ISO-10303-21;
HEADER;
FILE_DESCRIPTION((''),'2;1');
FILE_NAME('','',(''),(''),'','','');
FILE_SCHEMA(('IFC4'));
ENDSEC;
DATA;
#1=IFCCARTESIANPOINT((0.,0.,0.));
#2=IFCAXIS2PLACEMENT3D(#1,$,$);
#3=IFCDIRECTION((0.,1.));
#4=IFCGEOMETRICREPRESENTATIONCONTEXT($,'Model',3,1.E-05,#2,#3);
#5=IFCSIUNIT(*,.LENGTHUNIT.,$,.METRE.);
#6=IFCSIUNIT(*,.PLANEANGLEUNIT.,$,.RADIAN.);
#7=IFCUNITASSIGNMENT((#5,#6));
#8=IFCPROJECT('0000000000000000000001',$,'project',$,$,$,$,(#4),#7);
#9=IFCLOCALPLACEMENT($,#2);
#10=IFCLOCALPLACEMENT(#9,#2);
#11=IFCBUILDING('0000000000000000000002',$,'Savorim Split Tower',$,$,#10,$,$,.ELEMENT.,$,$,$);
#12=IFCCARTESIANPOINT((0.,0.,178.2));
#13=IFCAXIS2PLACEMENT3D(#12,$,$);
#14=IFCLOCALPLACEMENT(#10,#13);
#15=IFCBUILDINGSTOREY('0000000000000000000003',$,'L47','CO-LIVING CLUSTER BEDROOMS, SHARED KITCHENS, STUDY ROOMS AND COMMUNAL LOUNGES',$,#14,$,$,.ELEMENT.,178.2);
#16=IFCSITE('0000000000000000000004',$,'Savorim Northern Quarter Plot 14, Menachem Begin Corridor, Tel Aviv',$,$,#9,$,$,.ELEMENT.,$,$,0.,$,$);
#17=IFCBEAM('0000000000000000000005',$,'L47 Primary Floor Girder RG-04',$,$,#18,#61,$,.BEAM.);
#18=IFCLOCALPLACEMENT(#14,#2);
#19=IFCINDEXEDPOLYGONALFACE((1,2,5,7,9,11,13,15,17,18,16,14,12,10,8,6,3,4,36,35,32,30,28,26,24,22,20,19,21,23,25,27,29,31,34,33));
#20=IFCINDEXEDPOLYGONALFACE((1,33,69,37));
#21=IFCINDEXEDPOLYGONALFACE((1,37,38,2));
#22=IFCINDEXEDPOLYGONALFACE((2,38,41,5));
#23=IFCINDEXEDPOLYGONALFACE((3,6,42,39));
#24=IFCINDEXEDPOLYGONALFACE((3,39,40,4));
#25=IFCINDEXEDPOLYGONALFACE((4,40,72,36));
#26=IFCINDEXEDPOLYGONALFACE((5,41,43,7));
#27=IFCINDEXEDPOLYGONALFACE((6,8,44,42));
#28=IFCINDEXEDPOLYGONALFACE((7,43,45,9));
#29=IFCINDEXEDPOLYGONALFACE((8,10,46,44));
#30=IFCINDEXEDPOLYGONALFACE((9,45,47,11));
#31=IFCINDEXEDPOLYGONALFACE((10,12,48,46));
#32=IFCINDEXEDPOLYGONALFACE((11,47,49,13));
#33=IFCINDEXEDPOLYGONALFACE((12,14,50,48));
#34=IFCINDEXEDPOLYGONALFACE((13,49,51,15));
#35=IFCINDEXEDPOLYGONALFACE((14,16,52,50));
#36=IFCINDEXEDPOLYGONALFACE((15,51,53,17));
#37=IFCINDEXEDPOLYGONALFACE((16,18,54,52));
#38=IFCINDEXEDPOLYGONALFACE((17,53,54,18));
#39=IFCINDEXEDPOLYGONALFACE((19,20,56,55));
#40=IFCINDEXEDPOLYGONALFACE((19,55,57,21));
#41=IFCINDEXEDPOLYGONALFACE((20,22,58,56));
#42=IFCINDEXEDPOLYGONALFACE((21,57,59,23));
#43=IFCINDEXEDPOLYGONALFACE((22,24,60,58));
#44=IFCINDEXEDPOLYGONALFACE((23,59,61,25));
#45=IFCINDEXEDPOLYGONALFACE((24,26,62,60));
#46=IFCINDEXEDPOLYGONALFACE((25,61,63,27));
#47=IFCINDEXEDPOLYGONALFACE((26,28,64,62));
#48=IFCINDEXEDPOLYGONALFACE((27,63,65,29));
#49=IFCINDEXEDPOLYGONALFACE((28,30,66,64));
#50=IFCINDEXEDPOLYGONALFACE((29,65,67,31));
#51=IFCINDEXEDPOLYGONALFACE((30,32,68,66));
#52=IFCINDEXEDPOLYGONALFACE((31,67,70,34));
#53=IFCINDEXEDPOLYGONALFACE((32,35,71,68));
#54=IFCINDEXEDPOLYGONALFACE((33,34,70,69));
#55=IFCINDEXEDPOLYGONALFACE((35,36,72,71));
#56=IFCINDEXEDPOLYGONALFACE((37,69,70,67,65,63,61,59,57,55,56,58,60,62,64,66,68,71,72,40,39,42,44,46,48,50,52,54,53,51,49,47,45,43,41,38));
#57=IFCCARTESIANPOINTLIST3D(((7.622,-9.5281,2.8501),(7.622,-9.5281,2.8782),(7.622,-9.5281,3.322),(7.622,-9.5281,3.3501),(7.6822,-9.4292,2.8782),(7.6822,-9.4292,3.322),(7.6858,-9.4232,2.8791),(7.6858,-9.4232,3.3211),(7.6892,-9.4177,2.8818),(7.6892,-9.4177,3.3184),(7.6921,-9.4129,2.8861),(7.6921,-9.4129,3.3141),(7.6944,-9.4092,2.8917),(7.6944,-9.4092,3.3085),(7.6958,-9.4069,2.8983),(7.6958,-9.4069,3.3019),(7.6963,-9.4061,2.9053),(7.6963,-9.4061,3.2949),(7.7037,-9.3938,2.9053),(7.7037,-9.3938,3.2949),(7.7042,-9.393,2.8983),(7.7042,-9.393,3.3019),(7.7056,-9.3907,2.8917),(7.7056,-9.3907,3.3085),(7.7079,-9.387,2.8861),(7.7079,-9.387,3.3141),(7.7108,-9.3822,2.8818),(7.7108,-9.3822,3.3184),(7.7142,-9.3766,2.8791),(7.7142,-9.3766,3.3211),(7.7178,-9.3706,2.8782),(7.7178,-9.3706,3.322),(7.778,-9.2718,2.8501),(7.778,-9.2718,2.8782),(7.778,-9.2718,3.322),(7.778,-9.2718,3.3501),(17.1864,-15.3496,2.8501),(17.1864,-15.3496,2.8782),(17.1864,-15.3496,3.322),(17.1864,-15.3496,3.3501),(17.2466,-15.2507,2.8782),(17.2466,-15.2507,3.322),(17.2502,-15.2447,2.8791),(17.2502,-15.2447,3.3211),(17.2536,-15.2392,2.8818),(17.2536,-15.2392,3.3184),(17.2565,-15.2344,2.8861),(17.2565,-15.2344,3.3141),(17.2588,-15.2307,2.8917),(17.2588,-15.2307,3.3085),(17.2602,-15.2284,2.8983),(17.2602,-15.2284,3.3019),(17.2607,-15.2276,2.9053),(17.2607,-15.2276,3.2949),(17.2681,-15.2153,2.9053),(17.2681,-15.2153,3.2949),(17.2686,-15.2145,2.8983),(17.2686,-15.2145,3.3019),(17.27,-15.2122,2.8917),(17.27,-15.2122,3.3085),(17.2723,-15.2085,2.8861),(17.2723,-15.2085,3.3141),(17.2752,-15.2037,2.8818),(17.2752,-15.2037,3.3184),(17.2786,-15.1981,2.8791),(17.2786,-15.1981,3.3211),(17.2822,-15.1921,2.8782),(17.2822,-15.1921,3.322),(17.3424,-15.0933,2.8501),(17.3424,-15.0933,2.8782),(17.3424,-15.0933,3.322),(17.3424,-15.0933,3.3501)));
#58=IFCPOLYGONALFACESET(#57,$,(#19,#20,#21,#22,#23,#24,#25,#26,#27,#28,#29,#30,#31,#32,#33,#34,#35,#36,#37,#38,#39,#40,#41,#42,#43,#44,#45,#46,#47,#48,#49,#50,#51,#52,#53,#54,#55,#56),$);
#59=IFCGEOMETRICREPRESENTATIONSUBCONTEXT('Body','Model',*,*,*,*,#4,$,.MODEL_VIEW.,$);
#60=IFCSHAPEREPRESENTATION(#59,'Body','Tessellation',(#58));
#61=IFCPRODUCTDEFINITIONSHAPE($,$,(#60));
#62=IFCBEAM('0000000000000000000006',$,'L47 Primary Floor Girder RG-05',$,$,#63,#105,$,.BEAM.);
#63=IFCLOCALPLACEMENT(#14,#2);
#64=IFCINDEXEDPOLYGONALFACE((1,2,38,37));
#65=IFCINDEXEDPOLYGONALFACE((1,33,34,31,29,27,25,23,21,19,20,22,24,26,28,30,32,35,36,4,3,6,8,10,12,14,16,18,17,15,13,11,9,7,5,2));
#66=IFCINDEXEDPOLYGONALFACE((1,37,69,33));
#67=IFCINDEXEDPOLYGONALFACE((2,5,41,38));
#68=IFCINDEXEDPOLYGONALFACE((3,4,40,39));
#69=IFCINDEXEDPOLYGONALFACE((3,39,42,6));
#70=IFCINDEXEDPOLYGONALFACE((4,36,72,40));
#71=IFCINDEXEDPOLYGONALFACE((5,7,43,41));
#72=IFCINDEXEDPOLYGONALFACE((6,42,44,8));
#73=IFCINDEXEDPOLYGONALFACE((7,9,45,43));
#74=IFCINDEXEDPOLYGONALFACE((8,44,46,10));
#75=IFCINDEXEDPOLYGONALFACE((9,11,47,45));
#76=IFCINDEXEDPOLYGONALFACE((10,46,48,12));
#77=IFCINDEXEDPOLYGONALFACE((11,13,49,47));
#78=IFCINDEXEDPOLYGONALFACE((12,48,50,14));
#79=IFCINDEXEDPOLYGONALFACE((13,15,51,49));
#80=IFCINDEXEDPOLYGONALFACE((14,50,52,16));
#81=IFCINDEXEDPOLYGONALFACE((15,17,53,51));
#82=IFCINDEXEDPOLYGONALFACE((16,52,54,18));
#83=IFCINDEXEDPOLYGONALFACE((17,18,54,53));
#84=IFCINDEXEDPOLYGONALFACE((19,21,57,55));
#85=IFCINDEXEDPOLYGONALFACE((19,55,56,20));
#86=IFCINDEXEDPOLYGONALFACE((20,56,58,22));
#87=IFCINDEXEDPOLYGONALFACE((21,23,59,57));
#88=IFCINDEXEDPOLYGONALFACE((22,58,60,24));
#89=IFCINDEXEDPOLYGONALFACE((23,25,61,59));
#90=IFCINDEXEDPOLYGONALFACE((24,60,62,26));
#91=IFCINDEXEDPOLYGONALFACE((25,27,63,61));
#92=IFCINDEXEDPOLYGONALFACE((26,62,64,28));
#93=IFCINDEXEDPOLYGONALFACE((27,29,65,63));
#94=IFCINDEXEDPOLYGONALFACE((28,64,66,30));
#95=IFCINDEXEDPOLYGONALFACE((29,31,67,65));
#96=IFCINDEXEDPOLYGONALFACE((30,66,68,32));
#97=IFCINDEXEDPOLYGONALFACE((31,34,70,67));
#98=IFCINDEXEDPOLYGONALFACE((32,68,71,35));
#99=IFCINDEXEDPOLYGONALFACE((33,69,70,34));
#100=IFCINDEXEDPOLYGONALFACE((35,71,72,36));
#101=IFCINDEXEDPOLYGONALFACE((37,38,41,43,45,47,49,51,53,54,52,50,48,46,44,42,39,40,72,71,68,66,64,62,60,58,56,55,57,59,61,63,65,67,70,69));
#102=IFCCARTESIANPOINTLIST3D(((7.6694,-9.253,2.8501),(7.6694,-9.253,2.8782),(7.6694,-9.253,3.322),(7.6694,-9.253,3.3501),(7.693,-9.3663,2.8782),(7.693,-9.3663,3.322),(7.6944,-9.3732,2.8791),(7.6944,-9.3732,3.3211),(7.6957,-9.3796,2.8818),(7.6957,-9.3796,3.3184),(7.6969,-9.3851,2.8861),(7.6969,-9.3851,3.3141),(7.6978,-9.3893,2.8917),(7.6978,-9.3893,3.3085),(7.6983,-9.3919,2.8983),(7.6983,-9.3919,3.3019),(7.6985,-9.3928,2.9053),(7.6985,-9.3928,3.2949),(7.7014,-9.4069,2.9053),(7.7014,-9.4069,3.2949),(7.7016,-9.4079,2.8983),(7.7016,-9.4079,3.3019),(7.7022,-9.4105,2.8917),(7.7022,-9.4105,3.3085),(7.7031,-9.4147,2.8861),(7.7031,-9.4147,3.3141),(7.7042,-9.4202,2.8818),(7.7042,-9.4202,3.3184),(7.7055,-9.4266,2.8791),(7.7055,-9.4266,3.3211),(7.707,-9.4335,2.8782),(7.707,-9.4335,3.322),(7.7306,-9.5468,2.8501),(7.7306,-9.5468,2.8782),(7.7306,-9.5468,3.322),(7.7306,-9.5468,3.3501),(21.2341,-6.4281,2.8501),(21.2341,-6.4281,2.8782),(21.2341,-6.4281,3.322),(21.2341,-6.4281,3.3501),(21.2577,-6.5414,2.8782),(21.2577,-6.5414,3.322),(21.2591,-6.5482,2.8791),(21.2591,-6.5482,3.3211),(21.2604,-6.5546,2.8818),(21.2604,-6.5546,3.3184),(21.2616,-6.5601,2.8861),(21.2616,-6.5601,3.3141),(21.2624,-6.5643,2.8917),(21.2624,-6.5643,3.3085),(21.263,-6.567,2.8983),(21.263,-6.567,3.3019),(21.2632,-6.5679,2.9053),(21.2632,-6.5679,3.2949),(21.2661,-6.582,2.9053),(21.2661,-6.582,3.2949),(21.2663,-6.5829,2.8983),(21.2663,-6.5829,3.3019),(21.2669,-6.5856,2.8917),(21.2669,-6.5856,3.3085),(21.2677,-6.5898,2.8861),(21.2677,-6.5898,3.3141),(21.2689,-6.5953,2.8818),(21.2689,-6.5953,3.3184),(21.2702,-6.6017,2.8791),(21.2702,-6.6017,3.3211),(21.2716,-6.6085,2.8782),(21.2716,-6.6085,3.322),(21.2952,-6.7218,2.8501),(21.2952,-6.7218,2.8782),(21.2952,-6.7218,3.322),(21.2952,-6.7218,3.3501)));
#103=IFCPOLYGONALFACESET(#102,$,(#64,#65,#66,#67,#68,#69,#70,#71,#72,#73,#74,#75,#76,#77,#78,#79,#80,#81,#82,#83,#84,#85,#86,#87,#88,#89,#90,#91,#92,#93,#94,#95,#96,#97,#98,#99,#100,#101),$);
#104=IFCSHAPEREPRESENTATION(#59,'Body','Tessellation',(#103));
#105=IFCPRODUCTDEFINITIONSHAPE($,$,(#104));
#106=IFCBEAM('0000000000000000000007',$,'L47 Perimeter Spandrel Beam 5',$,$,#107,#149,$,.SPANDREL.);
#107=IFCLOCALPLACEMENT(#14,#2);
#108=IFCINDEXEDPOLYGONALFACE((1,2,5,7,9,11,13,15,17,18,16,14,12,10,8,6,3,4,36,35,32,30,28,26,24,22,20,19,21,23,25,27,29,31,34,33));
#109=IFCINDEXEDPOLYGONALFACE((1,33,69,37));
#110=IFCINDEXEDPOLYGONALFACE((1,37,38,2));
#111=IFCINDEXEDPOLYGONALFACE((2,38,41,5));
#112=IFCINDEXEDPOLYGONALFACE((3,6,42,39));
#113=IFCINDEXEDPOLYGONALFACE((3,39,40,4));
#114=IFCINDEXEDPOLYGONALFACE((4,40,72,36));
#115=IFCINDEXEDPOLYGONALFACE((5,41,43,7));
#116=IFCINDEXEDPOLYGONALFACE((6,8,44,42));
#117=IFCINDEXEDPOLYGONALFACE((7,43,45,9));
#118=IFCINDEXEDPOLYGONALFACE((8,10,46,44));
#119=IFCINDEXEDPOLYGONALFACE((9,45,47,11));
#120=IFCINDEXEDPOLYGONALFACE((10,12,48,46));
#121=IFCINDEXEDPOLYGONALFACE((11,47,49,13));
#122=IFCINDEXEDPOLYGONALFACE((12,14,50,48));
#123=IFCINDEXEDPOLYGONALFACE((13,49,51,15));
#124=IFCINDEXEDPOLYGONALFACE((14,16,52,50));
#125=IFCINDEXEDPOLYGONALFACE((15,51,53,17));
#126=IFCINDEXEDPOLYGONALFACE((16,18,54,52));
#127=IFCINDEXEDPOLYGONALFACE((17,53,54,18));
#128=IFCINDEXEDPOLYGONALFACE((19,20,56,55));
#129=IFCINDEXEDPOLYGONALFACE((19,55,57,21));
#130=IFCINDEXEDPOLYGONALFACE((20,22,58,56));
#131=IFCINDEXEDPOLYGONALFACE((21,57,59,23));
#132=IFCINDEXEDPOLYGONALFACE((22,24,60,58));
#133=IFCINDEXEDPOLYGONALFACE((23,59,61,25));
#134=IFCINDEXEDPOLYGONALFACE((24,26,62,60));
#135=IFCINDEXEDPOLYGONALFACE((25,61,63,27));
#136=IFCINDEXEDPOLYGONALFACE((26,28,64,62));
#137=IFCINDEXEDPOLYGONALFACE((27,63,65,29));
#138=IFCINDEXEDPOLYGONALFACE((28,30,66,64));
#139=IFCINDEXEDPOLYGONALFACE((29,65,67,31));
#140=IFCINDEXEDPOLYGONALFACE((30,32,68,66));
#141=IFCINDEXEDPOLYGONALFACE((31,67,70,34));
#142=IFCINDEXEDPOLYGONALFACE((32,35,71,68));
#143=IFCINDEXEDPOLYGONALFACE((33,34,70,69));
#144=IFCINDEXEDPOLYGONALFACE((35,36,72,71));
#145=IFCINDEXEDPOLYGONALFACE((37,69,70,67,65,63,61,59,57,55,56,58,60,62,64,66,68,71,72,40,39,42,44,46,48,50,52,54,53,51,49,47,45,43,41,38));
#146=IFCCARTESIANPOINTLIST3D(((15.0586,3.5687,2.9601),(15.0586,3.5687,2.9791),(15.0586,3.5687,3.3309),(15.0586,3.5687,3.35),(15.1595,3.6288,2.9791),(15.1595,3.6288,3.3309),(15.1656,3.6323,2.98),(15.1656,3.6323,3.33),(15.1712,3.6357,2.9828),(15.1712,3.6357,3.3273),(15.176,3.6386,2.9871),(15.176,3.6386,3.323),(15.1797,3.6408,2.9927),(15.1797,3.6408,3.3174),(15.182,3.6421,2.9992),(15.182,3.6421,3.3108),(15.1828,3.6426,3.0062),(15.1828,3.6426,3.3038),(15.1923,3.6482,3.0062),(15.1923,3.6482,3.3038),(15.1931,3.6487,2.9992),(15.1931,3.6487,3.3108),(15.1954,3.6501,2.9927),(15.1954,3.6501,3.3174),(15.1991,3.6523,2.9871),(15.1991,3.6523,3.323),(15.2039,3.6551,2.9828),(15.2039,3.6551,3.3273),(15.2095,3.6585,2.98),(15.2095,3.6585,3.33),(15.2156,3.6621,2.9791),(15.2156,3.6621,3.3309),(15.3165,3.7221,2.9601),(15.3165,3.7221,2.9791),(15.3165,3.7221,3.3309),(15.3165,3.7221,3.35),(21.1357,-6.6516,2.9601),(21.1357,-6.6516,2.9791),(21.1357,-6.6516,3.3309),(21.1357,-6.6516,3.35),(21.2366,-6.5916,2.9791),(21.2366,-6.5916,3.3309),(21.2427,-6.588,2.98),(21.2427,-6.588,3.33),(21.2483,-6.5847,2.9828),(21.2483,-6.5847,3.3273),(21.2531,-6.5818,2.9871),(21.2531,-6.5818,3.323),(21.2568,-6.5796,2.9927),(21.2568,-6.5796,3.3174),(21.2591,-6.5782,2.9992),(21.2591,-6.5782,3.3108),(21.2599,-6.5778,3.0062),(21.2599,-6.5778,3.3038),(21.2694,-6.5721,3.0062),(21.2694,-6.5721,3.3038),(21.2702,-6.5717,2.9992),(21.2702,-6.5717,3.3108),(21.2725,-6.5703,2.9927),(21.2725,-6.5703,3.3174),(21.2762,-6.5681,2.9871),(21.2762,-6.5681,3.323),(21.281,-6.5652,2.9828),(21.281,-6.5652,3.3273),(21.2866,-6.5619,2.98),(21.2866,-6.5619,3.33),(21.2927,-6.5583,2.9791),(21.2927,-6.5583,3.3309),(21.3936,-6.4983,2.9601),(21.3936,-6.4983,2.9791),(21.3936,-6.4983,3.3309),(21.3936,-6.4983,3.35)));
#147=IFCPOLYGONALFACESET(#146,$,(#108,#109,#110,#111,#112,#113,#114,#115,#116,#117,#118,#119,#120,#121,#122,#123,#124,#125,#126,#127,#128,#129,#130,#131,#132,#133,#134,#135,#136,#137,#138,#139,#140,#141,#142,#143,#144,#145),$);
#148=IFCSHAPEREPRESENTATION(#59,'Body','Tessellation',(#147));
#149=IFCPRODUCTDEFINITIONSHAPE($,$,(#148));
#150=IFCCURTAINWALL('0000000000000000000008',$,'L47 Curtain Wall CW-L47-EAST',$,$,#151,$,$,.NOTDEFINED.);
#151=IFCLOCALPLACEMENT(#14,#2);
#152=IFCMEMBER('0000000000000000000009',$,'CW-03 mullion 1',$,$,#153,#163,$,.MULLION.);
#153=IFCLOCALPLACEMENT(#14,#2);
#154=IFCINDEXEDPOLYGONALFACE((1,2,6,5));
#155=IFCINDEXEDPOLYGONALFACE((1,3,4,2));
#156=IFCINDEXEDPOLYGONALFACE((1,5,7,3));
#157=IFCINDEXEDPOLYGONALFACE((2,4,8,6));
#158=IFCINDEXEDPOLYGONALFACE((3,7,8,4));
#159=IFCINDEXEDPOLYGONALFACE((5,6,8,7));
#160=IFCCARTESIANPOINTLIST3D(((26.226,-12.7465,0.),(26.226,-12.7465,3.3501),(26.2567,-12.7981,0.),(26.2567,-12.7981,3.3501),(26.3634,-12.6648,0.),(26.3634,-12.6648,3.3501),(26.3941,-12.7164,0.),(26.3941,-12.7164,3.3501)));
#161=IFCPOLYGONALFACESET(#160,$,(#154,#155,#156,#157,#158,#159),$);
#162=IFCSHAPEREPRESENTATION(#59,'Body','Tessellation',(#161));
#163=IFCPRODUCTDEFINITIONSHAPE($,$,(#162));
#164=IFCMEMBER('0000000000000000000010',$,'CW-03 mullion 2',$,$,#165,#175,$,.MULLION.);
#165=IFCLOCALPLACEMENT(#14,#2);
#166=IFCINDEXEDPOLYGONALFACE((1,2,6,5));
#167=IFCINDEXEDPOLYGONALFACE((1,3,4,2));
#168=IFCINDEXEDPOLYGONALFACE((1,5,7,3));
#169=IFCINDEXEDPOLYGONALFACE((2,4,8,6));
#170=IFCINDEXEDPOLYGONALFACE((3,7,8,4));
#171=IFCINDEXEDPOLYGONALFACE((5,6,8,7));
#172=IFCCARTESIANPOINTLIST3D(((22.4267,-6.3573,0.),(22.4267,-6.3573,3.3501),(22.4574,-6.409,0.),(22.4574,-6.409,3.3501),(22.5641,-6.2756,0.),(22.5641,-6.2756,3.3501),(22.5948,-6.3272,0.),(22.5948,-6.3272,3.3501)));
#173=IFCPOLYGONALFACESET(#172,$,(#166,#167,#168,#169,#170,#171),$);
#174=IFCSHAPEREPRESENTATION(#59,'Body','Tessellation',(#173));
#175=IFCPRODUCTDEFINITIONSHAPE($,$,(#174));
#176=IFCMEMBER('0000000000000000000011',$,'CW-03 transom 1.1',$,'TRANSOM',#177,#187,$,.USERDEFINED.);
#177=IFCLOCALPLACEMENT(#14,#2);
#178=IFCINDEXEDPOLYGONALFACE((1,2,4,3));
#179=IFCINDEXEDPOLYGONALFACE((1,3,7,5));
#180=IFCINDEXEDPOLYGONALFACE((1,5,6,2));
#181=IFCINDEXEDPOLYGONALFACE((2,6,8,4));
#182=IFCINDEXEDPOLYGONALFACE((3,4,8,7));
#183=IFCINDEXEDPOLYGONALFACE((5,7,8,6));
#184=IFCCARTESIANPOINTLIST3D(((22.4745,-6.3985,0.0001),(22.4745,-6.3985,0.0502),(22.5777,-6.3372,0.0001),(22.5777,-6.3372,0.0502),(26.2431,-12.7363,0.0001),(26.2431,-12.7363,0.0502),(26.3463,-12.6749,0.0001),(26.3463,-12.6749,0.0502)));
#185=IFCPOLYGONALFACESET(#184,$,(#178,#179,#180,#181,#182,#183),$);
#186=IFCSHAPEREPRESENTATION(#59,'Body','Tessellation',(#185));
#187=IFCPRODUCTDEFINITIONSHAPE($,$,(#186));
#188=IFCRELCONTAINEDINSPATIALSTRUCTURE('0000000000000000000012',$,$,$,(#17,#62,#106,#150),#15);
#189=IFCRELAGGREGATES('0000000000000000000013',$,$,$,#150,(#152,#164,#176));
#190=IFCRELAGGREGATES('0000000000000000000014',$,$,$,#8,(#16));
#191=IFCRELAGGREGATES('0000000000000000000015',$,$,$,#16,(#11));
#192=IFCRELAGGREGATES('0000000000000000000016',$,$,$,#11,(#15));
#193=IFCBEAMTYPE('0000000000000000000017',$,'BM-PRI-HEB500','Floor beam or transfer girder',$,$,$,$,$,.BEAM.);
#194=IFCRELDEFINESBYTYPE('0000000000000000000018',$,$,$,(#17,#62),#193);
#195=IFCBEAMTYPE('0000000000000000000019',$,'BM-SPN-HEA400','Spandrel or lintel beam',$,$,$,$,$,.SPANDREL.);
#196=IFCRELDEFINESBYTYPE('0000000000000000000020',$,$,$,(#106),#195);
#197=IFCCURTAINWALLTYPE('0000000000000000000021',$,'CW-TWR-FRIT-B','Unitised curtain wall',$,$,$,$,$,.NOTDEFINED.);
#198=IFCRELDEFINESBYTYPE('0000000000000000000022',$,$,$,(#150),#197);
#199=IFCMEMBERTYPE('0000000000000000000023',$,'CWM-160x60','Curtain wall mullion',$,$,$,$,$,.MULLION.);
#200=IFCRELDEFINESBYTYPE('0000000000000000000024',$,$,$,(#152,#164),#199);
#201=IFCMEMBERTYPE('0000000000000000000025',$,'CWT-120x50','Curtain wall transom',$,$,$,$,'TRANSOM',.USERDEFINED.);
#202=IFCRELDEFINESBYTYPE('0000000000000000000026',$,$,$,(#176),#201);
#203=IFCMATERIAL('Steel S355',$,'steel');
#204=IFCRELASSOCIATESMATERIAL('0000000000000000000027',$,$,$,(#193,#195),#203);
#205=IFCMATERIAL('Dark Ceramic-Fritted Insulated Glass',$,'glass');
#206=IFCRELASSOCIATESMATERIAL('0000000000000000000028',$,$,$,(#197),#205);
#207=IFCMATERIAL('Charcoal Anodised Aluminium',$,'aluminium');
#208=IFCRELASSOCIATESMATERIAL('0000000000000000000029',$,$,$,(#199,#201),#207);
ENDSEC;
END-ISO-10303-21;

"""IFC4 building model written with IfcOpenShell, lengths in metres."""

from ifc_helpers import new_model, si_unit, direction, frame, origin, origin_2d, place, context, subcontext, project, spatial, rectangle, i_section, extrude, material, material_profile, profile_set, type_object, element, aggregate, save


model = new_model("IFC4")

# Units and contexts
model_context = context("Model", 3, precision=1e-05, world=origin(), true_north=direction((0.0, 1.0)))
body_context = subcontext(model_context, "Body", "Model", "MODEL_VIEW")
ifc_project = project(units=[si_unit("LENGTHUNIT", "METRE"), si_unit("PLANEANGLEUNIT", "RADIAN")], contexts=[model_context])

# Site, building, storey
site_placement = place(None, origin())
site = spatial("IfcSite", under=ifc_project, at=site_placement, Name="Savorim Northern Quarter Plot 14, Menachem Begin Corridor, Tel Aviv", CompositionType="ELEMENT", RefElevation=0.0)
building_placement = place(site_placement, origin())
building = spatial("IfcBuilding", under=site, at=building_placement, Name="Savorim Split Tower", CompositionType="ELEMENT")
storey_placement = place(building_placement, frame((0.0, 0.0, 178.2)))
storey = spatial("IfcBuildingStorey", under=building, at=storey_placement, Name="L47", Description="CO-LIVING CLUSTER BEDROOMS, SHARED KITCHENS, STUDY ROOMS AND COMMUNAL LOUNGES", CompositionType="ELEMENT", Elevation=178.2)

# Beams
ifc_material_1 = material(Name="Steel S355", Category="steel")
ifc_material_profile_1 = material_profile(ifc_material_1, i_section(OverallWidth=0.3, OverallDepth=0.5, WebThickness=0.0144, FlangeThickness=0.0281, FilletRadius=0.0271, at=origin_2d()), Name="HEB 500")
ifc_profile_set_1 = profile_set([ifc_material_profile_1], Name="Steel S355")
beam_type_1 = type_object("IfcBeamType", Name="BM-PRI-HEB500", Description="Floor beam or transfer girder", PredefinedType="BEAM", material=ifc_profile_set_1)
beam_1_placement = place(storey_placement, frame((17.2644, -15.2214, 3.1001), z_axis=(-0.854211, 0.519927, 0.0), x_axis=(-0.519927, -0.854211, 0.0)))
element("IfcBeam", 1, at=beam_1_placement, inside=storey, type_object=beam_type_1, Name="L47 Primary Floor Girder RG-04", PredefinedType="BEAM", context=body_context, shape_type="SweptSolid", body=[
    extrude(i_section(OverallWidth=0.3, OverallDepth=0.5, WebThickness=0.0144, FlangeThickness=0.0281, FilletRadius=0.0271, at=origin_2d()), origin(), (0.0, 0.0, 1.0), 11.1968),
])
beam_2_placement = place(storey_placement, frame((21.2646, -6.575, 3.1001), z_axis=(-0.978995, -0.203883, 0.0), x_axis=(0.203883, -0.978995, 0.0)))
element("IfcBeam", 2, at=beam_2_placement, inside=storey, type_object=beam_type_1, Name="L47 Primary Floor Girder RG-05", PredefinedType="BEAM", context=body_context, shape_type="SweptSolid", body=[
    extrude(i_section(OverallWidth=0.3, OverallDepth=0.5, WebThickness=0.0144, FlangeThickness=0.0281, FilletRadius=0.0271, at=origin_2d()), origin(), (0.0, 0.0, 1.0), 13.8557),
])
ifc_material_profile_2 = material_profile(ifc_material_1, i_section(OverallWidth=0.3, OverallDepth=0.3899, WebThickness=0.011, FlangeThickness=0.019, FilletRadius=0.0271, at=origin_2d()), Name="HEA 400")
ifc_profile_set_2 = profile_set([ifc_material_profile_2], Name="Steel S355")
beam_type_2 = type_object("IfcBeamType", Name="BM-SPN-HEA400", Description="Spandrel or lintel beam", PredefinedType="SPANDREL", material=ifc_profile_set_2)
beam_3_placement = place(storey_placement, frame((21.2646, -6.575, 3.155), z_axis=(-0.511083, 0.859532, 0.0), x_axis=(-0.859532, -0.511083, 0.0)))
element("IfcBeam", 3, at=beam_3_placement, inside=storey, type_object=beam_type_2, Name="L47 Perimeter Spandrel Beam 5", PredefinedType="SPANDREL", context=body_context, shape_type="SweptSolid", body=[
    extrude(i_section(OverallWidth=0.3, OverallDepth=0.3899, WebThickness=0.011, FlangeThickness=0.019, FilletRadius=0.0271, at=origin_2d()), origin(), (0.0, 0.0, 1.0), 11.8906),
])

# Curtain wall, members
ifc_material_2 = material(Name="Dark Ceramic-Fritted Insulated Glass", Category="glass")
curtain_wall_type = type_object("IfcCurtainWallType", Name="CW-TWR-FRIT-B", Description="Unitised curtain wall", PredefinedType="NOTDEFINED", material=ifc_material_2)
curtain_wall_placement = place(storey_placement, origin())
curtain_wall = element("IfcCurtainWall", 4, at=curtain_wall_placement, inside=storey, type_object=curtain_wall_type, Name="L47 Curtain Wall CW-L47-EAST", PredefinedType="NOTDEFINED")
ifc_material_3 = material(Name="Charcoal Anodised Aluminium", Category="aluminium")
ifc_material_profile_3 = material_profile(ifc_material_3, rectangle(XDim=0.1599, YDim=0.0601, at=origin_2d()), Name="ALU-M 160x60")
ifc_profile_set_3 = profile_set([ifc_material_profile_3], Name="Charcoal Anodised Aluminium")
member_type_1 = type_object("IfcMemberType", Name="CWM-160x60", Description="Curtain wall mullion", PredefinedType="MULLION", material=ifc_profile_set_3)
member_1_placement = place(storey_placement, frame((26.3101, -12.7314, 0.0), z_axis=(0.0, 0.0, 1.0), x_axis=(-0.859525, -0.511094, 0.0)))
member_1 = element("IfcMember", 5, at=member_1_placement, type_object=member_type_1, Name="CW-03 mullion 1", PredefinedType="MULLION", context=body_context, shape_type="SweptSolid", body=[
    extrude(rectangle(XDim=0.1599, YDim=0.0601, at=origin_2d()), origin(), (0.0, 0.0, 1.0), 3.3501),
])
member_2_placement = place(storey_placement, frame((22.5107, -6.3423, 0.0), z_axis=(0.0, 0.0, 1.0), x_axis=(-0.859525, -0.511094, 0.0)))
member_2 = element("IfcMember", 6, at=member_2_placement, type_object=member_type_1, Name="CW-03 mullion 2", PredefinedType="MULLION", context=body_context, shape_type="SweptSolid", body=[
    extrude(rectangle(XDim=0.1599, YDim=0.0601, at=origin_2d()), origin(), (0.0, 0.0, 1.0), 3.3501),
])
ifc_material_profile_4 = material_profile(ifc_material_3, rectangle(XDim=0.1201, YDim=0.05, at=origin_2d()), Name="ALU-T 120x50")
ifc_profile_set_4 = profile_set([ifc_material_profile_4], Name="Charcoal Anodised Aluminium")
member_type_2 = type_object("IfcMemberType", Name="CWT-120x50", Description="Curtain wall transom", ElementType="TRANSOM", PredefinedType="USERDEFINED", material=ifc_profile_set_4)
member_3_placement = place(storey_placement, frame((26.2947, -12.7056, 0.0251), z_axis=(-0.511098, 0.859523, 0.0), x_axis=(-0.859523, -0.511098, 0.0)))
member_3 = element("IfcMember", 7, at=member_3_placement, type_object=member_type_2, Name="CW-03 transom 1.1", ObjectType="TRANSOM", PredefinedType="USERDEFINED", context=body_context, shape_type="SweptSolid", body=[
    extrude(rectangle(XDim=0.1201, YDim=0.05, at=origin_2d()), origin(), (0.0, 0.0, 1.0), 7.3735),
])
aggregate(curtain_wall, [member_1, member_2, member_3])

save(model, "model.ifc")
